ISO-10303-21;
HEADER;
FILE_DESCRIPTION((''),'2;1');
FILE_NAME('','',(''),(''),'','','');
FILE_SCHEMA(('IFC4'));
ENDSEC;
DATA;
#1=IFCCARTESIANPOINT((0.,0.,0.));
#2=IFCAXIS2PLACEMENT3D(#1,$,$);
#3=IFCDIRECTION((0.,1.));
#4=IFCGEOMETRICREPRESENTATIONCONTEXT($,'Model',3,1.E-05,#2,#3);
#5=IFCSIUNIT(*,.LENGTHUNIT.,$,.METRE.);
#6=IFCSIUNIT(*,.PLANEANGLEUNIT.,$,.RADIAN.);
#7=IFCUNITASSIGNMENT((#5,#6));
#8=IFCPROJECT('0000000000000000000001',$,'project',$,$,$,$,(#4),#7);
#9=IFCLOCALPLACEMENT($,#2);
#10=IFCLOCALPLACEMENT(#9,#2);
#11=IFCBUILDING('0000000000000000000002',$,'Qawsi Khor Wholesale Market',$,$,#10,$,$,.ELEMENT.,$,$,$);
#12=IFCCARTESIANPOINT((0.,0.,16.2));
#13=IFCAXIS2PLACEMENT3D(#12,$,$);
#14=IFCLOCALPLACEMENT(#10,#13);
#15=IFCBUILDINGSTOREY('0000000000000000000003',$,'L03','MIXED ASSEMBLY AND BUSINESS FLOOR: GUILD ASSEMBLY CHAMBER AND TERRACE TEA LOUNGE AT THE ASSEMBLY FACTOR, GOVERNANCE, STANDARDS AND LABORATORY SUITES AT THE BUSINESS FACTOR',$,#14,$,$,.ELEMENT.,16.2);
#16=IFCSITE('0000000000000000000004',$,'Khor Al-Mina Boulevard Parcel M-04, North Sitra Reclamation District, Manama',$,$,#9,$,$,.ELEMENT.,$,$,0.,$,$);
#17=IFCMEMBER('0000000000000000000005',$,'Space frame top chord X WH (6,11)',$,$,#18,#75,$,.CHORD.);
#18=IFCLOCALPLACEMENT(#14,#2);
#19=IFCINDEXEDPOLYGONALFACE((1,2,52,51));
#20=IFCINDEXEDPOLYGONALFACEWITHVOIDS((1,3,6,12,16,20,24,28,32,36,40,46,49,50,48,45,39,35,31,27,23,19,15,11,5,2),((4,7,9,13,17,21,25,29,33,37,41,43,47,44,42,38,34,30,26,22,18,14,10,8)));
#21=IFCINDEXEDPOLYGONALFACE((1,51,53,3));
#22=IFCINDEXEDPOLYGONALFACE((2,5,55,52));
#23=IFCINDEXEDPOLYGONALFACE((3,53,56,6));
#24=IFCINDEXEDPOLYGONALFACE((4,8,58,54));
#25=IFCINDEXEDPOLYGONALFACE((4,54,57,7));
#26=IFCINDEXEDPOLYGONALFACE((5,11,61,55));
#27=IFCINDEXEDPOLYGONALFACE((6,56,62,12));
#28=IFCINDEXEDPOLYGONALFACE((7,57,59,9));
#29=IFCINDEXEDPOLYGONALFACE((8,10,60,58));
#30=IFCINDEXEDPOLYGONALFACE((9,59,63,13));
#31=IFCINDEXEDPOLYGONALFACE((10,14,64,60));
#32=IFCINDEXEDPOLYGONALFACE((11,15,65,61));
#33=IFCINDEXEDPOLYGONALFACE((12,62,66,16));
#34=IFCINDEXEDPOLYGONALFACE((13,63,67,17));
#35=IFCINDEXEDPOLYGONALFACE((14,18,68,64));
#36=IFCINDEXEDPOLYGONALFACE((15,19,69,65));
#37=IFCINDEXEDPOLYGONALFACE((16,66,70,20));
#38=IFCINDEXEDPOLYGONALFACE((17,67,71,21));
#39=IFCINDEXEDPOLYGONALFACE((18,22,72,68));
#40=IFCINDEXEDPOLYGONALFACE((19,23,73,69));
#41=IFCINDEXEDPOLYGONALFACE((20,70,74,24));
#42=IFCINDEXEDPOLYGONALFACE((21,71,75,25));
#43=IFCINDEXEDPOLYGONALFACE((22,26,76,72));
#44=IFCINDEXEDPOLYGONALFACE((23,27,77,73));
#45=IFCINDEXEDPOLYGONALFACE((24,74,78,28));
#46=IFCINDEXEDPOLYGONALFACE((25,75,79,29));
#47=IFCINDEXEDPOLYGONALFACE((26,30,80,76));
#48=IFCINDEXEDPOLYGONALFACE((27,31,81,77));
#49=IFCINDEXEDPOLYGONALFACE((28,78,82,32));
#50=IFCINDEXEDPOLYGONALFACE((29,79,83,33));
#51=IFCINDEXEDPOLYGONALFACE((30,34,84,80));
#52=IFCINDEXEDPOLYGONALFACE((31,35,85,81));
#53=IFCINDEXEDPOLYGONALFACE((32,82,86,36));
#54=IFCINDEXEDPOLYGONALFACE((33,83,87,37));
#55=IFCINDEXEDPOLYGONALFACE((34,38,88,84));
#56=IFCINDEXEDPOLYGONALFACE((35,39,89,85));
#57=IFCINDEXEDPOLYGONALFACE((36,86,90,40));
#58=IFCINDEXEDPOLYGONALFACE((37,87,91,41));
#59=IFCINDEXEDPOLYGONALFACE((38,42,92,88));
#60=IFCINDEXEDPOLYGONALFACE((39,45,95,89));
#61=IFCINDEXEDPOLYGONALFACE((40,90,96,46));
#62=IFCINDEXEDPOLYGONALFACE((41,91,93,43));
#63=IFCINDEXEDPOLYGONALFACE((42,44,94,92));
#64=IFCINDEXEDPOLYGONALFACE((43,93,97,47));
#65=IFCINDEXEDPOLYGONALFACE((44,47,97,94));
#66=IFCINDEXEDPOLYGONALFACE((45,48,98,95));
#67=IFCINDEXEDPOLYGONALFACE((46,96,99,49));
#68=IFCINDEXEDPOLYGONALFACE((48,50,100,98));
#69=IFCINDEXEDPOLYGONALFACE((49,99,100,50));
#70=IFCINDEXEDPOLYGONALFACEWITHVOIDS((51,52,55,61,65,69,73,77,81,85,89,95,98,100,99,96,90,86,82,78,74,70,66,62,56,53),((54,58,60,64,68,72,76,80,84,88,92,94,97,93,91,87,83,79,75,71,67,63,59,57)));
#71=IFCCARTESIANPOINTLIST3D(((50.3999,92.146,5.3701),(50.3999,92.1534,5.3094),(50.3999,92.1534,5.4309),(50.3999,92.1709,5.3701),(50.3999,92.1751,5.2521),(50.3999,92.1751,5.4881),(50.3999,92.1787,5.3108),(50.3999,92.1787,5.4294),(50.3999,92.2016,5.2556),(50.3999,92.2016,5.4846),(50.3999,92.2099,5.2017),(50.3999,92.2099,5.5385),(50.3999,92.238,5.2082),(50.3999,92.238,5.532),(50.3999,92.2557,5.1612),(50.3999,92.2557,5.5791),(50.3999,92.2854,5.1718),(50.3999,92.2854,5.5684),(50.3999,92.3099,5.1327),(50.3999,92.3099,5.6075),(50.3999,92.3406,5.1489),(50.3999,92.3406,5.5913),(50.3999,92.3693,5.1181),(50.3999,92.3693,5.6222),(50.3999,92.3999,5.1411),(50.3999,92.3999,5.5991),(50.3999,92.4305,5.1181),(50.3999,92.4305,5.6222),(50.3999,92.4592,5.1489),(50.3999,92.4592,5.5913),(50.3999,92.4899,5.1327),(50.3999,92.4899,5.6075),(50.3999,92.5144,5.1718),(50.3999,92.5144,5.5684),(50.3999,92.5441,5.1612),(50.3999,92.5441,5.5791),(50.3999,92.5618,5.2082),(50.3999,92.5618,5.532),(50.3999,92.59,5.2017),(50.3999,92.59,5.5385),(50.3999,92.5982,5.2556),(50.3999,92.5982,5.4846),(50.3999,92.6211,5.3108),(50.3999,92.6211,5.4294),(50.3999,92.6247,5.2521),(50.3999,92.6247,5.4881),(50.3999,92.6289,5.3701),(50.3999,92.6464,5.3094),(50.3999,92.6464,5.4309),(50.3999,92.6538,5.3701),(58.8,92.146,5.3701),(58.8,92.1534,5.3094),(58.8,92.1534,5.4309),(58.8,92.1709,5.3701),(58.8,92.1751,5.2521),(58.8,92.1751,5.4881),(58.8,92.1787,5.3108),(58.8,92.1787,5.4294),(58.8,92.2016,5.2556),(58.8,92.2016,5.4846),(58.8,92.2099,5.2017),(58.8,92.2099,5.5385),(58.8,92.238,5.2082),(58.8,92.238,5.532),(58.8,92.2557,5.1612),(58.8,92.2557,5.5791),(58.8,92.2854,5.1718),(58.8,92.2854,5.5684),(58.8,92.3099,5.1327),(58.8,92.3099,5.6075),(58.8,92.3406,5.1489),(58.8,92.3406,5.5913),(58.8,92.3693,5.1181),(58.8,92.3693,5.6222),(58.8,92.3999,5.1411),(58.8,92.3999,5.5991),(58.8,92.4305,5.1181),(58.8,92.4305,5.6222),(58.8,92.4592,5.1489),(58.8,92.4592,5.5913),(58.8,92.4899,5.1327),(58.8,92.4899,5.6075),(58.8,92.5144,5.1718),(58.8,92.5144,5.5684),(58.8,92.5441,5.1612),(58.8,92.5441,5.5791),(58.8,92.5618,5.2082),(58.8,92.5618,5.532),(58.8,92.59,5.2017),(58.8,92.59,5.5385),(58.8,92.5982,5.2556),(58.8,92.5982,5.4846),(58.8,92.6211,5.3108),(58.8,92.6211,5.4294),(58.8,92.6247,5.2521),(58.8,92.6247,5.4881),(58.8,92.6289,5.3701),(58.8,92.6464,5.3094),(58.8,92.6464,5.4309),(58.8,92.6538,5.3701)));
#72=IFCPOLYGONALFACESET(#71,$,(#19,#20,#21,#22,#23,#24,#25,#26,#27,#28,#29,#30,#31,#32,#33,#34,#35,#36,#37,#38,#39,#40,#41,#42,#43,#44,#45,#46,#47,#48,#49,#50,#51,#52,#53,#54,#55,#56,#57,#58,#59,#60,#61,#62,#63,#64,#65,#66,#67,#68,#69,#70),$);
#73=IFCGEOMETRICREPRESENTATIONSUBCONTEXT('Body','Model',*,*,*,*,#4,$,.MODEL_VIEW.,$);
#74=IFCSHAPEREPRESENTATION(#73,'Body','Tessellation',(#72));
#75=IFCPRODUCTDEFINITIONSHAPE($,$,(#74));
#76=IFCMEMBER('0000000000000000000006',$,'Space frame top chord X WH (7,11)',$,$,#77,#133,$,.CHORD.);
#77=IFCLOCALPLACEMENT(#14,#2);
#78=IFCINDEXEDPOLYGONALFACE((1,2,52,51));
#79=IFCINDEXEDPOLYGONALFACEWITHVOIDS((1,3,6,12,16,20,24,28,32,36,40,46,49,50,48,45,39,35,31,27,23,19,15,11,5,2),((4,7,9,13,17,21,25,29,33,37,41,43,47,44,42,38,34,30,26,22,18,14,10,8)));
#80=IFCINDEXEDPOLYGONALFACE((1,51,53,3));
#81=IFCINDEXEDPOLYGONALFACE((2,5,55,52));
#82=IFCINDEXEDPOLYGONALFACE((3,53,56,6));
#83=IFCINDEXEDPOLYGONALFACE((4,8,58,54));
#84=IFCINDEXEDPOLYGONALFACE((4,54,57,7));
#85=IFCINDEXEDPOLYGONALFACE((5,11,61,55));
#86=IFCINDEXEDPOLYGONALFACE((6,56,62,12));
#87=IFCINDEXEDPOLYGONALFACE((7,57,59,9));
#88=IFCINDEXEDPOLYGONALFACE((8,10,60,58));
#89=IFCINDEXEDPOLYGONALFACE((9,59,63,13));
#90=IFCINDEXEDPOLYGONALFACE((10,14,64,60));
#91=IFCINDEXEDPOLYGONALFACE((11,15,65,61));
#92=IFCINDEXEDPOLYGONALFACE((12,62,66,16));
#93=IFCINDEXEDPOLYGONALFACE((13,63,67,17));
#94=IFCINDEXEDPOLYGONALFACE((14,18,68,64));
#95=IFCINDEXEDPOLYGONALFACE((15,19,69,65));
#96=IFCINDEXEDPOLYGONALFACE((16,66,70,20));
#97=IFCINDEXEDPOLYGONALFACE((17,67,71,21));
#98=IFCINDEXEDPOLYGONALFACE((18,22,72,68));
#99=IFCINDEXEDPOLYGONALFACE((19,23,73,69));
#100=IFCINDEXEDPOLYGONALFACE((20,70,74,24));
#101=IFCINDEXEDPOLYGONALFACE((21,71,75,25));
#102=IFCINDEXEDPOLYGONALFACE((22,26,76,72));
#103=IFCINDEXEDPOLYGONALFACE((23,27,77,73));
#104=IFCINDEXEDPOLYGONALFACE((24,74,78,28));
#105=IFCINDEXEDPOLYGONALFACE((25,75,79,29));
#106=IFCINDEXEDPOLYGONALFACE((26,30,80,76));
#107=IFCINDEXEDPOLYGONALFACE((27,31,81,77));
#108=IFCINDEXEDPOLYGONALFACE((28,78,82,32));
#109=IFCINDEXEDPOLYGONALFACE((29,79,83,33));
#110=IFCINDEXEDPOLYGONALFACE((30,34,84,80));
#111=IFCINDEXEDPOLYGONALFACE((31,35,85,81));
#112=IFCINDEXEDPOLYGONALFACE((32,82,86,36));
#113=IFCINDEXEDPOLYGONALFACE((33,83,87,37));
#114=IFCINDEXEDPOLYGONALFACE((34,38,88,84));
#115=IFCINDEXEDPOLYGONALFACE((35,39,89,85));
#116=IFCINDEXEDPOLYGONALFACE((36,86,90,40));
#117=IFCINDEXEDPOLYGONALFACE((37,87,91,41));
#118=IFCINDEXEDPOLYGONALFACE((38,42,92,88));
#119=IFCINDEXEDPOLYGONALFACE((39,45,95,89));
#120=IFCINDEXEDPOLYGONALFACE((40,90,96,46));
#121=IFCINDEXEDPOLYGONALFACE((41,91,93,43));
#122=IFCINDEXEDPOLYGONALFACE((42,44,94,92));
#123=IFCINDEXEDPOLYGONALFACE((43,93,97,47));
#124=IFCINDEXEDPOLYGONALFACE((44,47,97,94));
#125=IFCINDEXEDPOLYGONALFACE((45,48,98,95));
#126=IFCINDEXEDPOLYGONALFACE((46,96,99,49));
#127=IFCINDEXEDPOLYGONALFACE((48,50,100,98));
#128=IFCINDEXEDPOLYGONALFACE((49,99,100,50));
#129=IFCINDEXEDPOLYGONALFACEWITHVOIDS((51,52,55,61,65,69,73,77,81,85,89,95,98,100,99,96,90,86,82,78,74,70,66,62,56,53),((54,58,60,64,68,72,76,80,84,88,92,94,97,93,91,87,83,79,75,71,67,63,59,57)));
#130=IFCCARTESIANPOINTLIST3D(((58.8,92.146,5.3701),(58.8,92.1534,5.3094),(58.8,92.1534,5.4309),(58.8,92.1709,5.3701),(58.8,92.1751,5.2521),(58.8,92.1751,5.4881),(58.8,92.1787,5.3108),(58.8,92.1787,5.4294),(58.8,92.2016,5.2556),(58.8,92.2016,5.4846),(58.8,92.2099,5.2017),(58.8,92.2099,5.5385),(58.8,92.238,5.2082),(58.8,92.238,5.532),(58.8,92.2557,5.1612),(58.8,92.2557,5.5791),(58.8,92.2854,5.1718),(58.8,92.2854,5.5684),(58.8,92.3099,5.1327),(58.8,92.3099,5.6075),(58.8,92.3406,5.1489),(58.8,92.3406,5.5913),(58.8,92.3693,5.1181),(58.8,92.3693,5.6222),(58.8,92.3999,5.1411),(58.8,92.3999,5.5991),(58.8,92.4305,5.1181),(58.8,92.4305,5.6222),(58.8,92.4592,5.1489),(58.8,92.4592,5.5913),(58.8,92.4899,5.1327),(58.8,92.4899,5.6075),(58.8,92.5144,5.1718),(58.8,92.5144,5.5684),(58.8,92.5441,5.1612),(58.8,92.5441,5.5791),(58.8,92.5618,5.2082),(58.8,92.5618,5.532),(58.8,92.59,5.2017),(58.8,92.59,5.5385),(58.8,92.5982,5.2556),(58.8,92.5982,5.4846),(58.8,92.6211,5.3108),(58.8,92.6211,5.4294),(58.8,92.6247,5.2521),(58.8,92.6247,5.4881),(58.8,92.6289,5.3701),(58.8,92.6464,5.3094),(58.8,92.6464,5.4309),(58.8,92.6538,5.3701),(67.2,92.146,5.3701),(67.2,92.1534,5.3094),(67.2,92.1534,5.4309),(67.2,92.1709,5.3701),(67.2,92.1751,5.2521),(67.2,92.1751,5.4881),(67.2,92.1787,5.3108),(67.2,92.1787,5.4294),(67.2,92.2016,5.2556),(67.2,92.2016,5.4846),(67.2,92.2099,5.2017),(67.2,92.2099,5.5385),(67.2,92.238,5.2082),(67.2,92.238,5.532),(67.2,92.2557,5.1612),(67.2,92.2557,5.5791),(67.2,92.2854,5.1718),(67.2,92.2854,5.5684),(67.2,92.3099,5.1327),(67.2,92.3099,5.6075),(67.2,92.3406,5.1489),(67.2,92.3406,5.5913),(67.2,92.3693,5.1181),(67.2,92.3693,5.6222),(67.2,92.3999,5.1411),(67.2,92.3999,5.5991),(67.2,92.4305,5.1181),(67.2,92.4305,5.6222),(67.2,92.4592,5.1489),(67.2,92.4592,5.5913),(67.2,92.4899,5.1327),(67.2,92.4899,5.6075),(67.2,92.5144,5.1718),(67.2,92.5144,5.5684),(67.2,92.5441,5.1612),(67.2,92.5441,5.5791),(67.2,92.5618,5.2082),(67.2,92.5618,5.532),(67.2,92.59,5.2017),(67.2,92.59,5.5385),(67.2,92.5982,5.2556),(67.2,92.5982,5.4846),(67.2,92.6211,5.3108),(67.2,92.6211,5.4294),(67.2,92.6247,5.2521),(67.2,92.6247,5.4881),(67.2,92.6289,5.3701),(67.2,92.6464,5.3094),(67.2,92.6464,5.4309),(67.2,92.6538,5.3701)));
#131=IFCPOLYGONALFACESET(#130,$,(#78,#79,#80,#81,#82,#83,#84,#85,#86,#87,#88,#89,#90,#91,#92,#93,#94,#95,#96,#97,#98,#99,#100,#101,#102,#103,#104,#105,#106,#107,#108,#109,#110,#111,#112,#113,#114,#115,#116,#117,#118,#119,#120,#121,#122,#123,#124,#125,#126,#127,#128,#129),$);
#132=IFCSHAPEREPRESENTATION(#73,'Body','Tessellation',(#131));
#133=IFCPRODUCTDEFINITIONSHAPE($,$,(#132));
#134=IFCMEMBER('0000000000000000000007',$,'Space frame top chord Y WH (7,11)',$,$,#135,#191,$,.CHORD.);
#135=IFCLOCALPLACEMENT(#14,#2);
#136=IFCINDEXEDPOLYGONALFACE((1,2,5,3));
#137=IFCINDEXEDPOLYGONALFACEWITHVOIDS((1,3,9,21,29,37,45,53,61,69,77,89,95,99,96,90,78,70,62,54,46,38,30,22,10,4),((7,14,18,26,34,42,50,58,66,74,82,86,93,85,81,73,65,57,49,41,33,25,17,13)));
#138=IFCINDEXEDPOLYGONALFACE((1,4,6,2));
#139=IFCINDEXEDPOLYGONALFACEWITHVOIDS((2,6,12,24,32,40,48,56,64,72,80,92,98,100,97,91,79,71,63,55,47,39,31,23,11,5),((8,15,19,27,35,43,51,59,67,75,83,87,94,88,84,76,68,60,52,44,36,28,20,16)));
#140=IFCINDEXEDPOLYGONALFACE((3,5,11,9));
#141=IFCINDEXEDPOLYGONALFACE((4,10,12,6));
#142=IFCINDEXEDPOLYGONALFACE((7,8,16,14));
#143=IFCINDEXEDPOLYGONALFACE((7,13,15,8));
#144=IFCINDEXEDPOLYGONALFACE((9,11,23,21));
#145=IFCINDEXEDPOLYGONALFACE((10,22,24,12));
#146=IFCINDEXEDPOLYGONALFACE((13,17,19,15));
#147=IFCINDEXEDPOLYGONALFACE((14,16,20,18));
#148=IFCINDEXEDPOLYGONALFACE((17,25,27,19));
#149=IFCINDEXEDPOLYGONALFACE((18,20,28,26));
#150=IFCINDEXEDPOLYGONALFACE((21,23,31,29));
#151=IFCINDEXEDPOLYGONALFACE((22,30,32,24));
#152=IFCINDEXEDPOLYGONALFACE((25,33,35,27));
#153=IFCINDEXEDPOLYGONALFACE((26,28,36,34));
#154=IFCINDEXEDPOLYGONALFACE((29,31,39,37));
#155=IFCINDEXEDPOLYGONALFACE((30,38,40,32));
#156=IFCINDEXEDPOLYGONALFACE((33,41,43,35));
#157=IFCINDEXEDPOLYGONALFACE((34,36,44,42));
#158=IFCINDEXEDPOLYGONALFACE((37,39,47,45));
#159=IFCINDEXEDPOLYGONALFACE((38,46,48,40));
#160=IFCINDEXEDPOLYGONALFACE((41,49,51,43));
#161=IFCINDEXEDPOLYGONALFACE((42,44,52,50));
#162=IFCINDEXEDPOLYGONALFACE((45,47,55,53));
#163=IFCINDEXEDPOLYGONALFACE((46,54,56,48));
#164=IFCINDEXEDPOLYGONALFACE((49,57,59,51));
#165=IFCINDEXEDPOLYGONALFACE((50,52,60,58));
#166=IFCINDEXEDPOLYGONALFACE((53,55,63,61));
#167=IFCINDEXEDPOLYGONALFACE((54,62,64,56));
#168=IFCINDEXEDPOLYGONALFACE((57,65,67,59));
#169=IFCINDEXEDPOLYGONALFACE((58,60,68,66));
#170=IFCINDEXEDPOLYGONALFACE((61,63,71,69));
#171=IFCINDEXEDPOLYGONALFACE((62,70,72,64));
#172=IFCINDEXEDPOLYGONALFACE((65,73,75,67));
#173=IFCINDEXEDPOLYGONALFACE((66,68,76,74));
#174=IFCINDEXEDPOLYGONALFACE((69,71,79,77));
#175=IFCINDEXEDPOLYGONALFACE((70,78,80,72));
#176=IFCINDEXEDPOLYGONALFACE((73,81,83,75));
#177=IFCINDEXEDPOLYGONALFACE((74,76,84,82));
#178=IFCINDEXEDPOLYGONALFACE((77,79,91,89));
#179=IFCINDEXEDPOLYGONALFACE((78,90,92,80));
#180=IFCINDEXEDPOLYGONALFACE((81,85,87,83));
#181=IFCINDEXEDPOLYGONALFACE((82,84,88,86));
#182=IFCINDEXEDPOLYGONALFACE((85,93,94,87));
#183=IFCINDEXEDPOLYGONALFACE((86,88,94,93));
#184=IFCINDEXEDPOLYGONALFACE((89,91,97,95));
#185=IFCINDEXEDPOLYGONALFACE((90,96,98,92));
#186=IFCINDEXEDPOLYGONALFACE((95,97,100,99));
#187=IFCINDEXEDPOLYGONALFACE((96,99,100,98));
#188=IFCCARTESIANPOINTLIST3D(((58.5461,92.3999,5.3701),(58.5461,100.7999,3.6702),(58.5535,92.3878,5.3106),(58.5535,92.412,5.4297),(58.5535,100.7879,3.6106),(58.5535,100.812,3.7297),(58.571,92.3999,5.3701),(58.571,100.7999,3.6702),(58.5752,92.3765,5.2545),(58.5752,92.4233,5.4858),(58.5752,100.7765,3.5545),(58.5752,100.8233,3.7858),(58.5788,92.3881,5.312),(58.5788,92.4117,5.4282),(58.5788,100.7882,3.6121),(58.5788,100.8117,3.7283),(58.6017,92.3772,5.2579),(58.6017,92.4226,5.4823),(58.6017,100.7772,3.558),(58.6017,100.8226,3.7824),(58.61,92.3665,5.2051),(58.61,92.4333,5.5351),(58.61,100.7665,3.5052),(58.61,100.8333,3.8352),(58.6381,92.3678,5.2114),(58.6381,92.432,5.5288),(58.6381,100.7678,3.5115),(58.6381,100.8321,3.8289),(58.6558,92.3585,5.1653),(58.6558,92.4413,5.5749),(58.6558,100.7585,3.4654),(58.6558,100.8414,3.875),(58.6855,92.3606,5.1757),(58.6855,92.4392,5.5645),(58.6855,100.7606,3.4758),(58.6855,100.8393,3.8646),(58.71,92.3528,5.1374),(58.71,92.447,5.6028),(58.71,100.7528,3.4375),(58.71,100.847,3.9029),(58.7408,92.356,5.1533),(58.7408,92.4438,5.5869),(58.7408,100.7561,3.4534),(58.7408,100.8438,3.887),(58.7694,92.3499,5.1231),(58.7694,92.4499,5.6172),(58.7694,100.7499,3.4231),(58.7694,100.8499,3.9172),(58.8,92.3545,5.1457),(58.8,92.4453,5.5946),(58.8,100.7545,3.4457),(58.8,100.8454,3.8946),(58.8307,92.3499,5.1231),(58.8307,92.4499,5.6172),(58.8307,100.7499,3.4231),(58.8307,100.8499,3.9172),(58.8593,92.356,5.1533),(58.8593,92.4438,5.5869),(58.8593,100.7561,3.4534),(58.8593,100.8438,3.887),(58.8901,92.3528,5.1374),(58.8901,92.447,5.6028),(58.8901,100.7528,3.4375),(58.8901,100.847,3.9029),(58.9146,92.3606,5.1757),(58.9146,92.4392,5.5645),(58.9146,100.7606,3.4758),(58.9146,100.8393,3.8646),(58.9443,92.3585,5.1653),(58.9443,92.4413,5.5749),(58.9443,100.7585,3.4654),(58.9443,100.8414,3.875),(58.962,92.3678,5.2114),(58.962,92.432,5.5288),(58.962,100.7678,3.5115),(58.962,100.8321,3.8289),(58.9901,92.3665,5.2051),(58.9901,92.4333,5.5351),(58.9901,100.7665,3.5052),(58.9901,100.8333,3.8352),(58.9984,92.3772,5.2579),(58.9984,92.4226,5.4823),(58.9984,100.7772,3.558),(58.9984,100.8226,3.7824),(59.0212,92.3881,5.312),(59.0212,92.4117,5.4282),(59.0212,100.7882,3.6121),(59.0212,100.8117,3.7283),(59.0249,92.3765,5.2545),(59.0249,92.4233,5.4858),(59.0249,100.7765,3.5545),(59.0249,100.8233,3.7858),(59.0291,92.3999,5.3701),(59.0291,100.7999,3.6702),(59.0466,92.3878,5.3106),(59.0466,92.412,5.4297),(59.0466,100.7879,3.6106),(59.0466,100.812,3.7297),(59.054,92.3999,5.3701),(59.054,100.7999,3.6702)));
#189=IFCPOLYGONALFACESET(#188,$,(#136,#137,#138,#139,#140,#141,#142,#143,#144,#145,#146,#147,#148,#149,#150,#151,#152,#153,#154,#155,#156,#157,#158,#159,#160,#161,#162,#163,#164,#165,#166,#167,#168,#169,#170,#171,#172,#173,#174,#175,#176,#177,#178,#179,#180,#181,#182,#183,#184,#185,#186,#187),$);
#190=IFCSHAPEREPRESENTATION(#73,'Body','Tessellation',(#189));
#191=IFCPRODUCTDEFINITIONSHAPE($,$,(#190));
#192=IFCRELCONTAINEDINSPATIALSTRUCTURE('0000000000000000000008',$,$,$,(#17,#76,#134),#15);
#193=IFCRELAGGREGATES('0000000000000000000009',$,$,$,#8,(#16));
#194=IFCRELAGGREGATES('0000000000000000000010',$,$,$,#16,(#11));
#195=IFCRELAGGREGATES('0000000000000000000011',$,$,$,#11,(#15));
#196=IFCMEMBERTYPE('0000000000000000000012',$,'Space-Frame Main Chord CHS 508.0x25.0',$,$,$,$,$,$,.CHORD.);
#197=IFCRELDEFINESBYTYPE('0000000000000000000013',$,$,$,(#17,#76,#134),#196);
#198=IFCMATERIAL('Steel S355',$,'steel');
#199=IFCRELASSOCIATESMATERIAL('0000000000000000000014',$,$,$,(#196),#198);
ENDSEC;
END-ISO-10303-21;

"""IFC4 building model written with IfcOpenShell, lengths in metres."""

from ifc_helpers import new_model, si_unit, direction, frame, origin, origin_2d, place, context, subcontext, project, spatial, hollow_circle, extrude, material, material_profile, profile_set, type_object, element, save


model = new_model("IFC4")

# Units and contexts
model_context = context("Model", 3, precision=1e-05, world=origin(), true_north=direction((0.0, 1.0)))
body_context = subcontext(model_context, "Body", "Model", "MODEL_VIEW")
ifc_project = project(units=[si_unit("LENGTHUNIT", "METRE"), si_unit("PLANEANGLEUNIT", "RADIAN")], contexts=[model_context])

# Site, building, storey
site_placement = place(None, origin())
site = spatial("IfcSite", under=ifc_project, at=site_placement, Name="Khor Al-Mina Boulevard Parcel M-04, North Sitra Reclamation District, Manama", CompositionType="ELEMENT", RefElevation=0.0)
building_placement = place(site_placement, origin())
building = spatial("IfcBuilding", under=site, at=building_placement, Name="Qawsi Khor Wholesale Market", CompositionType="ELEMENT")
storey_placement = place(building_placement, frame((0.0, 0.0, 16.2)))
storey = spatial("IfcBuildingStorey", under=building, at=storey_placement, Name="L03", Description="MIXED ASSEMBLY AND BUSINESS FLOOR: GUILD ASSEMBLY CHAMBER AND TERRACE TEA LOUNGE AT THE ASSEMBLY FACTOR, GOVERNANCE, STANDARDS AND LABORATORY SUITES AT THE BUSINESS FACTOR", CompositionType="ELEMENT", Elevation=16.2)

# Members
ifc_material_1 = material(Name="Steel S355", Category="steel")
ifc_material_profile_1 = material_profile(ifc_material_1, hollow_circle(Radius=0.2539, WallThickness=0.0249, at=origin_2d()), Name="CHS 508.0x25.0")
ifc_profile_set_1 = profile_set([ifc_material_profile_1], Name="Steel S355")
member_type_1 = type_object("IfcMemberType", Name="Space-Frame Main Chord CHS 508.0x25.0", PredefinedType="CHORD", material=ifc_profile_set_1)
member_1_placement = place(storey_placement, frame((50.3999, 92.3999, 5.3701), z_axis=(1.0, 0.0, 0.0), x_axis=(0.0, 1.0, 0.0)))
element("IfcMember", 1, at=member_1_placement, inside=storey, type_object=member_type_1, Name="Space frame top chord X WH (6,11)", PredefinedType="CHORD", context=body_context, shape_type="SweptSolid", body=[
    extrude(hollow_circle(Radius=0.2539, WallThickness=0.0249, at=origin_2d()), origin(), (0.0, 0.0, 1.0), 8.4001),
])
member_2_placement = place(storey_placement, frame((58.8, 92.3999, 5.3701), z_axis=(1.0, 0.0, 0.0), x_axis=(0.0, 1.0, 0.0)))
element("IfcMember", 2, at=member_2_placement, inside=storey, type_object=member_type_1, Name="Space frame top chord X WH (7,11)", PredefinedType="CHORD", context=body_context, shape_type="SweptSolid", body=[
    extrude(hollow_circle(Radius=0.2539, WallThickness=0.0249, at=origin_2d()), origin(), (0.0, 0.0, 1.0), 8.3999),
])
member_3_placement = place(storey_placement, frame((58.8, 92.3999, 5.3701), z_axis=(0.0, 0.980131, -0.198351), x_axis=(-1.0, 0.0, 0.0)))
element("IfcMember", 3, at=member_3_placement, inside=storey, type_object=member_type_1, Name="Space frame top chord Y WH (7,11)", PredefinedType="CHORD", context=body_context, shape_type="SweptSolid", body=[
    extrude(hollow_circle(Radius=0.2539, WallThickness=0.0249, at=origin_2d()), origin(), (0.0, 0.0, 1.0), 8.5703),
])

save(model, "model.ifc")
